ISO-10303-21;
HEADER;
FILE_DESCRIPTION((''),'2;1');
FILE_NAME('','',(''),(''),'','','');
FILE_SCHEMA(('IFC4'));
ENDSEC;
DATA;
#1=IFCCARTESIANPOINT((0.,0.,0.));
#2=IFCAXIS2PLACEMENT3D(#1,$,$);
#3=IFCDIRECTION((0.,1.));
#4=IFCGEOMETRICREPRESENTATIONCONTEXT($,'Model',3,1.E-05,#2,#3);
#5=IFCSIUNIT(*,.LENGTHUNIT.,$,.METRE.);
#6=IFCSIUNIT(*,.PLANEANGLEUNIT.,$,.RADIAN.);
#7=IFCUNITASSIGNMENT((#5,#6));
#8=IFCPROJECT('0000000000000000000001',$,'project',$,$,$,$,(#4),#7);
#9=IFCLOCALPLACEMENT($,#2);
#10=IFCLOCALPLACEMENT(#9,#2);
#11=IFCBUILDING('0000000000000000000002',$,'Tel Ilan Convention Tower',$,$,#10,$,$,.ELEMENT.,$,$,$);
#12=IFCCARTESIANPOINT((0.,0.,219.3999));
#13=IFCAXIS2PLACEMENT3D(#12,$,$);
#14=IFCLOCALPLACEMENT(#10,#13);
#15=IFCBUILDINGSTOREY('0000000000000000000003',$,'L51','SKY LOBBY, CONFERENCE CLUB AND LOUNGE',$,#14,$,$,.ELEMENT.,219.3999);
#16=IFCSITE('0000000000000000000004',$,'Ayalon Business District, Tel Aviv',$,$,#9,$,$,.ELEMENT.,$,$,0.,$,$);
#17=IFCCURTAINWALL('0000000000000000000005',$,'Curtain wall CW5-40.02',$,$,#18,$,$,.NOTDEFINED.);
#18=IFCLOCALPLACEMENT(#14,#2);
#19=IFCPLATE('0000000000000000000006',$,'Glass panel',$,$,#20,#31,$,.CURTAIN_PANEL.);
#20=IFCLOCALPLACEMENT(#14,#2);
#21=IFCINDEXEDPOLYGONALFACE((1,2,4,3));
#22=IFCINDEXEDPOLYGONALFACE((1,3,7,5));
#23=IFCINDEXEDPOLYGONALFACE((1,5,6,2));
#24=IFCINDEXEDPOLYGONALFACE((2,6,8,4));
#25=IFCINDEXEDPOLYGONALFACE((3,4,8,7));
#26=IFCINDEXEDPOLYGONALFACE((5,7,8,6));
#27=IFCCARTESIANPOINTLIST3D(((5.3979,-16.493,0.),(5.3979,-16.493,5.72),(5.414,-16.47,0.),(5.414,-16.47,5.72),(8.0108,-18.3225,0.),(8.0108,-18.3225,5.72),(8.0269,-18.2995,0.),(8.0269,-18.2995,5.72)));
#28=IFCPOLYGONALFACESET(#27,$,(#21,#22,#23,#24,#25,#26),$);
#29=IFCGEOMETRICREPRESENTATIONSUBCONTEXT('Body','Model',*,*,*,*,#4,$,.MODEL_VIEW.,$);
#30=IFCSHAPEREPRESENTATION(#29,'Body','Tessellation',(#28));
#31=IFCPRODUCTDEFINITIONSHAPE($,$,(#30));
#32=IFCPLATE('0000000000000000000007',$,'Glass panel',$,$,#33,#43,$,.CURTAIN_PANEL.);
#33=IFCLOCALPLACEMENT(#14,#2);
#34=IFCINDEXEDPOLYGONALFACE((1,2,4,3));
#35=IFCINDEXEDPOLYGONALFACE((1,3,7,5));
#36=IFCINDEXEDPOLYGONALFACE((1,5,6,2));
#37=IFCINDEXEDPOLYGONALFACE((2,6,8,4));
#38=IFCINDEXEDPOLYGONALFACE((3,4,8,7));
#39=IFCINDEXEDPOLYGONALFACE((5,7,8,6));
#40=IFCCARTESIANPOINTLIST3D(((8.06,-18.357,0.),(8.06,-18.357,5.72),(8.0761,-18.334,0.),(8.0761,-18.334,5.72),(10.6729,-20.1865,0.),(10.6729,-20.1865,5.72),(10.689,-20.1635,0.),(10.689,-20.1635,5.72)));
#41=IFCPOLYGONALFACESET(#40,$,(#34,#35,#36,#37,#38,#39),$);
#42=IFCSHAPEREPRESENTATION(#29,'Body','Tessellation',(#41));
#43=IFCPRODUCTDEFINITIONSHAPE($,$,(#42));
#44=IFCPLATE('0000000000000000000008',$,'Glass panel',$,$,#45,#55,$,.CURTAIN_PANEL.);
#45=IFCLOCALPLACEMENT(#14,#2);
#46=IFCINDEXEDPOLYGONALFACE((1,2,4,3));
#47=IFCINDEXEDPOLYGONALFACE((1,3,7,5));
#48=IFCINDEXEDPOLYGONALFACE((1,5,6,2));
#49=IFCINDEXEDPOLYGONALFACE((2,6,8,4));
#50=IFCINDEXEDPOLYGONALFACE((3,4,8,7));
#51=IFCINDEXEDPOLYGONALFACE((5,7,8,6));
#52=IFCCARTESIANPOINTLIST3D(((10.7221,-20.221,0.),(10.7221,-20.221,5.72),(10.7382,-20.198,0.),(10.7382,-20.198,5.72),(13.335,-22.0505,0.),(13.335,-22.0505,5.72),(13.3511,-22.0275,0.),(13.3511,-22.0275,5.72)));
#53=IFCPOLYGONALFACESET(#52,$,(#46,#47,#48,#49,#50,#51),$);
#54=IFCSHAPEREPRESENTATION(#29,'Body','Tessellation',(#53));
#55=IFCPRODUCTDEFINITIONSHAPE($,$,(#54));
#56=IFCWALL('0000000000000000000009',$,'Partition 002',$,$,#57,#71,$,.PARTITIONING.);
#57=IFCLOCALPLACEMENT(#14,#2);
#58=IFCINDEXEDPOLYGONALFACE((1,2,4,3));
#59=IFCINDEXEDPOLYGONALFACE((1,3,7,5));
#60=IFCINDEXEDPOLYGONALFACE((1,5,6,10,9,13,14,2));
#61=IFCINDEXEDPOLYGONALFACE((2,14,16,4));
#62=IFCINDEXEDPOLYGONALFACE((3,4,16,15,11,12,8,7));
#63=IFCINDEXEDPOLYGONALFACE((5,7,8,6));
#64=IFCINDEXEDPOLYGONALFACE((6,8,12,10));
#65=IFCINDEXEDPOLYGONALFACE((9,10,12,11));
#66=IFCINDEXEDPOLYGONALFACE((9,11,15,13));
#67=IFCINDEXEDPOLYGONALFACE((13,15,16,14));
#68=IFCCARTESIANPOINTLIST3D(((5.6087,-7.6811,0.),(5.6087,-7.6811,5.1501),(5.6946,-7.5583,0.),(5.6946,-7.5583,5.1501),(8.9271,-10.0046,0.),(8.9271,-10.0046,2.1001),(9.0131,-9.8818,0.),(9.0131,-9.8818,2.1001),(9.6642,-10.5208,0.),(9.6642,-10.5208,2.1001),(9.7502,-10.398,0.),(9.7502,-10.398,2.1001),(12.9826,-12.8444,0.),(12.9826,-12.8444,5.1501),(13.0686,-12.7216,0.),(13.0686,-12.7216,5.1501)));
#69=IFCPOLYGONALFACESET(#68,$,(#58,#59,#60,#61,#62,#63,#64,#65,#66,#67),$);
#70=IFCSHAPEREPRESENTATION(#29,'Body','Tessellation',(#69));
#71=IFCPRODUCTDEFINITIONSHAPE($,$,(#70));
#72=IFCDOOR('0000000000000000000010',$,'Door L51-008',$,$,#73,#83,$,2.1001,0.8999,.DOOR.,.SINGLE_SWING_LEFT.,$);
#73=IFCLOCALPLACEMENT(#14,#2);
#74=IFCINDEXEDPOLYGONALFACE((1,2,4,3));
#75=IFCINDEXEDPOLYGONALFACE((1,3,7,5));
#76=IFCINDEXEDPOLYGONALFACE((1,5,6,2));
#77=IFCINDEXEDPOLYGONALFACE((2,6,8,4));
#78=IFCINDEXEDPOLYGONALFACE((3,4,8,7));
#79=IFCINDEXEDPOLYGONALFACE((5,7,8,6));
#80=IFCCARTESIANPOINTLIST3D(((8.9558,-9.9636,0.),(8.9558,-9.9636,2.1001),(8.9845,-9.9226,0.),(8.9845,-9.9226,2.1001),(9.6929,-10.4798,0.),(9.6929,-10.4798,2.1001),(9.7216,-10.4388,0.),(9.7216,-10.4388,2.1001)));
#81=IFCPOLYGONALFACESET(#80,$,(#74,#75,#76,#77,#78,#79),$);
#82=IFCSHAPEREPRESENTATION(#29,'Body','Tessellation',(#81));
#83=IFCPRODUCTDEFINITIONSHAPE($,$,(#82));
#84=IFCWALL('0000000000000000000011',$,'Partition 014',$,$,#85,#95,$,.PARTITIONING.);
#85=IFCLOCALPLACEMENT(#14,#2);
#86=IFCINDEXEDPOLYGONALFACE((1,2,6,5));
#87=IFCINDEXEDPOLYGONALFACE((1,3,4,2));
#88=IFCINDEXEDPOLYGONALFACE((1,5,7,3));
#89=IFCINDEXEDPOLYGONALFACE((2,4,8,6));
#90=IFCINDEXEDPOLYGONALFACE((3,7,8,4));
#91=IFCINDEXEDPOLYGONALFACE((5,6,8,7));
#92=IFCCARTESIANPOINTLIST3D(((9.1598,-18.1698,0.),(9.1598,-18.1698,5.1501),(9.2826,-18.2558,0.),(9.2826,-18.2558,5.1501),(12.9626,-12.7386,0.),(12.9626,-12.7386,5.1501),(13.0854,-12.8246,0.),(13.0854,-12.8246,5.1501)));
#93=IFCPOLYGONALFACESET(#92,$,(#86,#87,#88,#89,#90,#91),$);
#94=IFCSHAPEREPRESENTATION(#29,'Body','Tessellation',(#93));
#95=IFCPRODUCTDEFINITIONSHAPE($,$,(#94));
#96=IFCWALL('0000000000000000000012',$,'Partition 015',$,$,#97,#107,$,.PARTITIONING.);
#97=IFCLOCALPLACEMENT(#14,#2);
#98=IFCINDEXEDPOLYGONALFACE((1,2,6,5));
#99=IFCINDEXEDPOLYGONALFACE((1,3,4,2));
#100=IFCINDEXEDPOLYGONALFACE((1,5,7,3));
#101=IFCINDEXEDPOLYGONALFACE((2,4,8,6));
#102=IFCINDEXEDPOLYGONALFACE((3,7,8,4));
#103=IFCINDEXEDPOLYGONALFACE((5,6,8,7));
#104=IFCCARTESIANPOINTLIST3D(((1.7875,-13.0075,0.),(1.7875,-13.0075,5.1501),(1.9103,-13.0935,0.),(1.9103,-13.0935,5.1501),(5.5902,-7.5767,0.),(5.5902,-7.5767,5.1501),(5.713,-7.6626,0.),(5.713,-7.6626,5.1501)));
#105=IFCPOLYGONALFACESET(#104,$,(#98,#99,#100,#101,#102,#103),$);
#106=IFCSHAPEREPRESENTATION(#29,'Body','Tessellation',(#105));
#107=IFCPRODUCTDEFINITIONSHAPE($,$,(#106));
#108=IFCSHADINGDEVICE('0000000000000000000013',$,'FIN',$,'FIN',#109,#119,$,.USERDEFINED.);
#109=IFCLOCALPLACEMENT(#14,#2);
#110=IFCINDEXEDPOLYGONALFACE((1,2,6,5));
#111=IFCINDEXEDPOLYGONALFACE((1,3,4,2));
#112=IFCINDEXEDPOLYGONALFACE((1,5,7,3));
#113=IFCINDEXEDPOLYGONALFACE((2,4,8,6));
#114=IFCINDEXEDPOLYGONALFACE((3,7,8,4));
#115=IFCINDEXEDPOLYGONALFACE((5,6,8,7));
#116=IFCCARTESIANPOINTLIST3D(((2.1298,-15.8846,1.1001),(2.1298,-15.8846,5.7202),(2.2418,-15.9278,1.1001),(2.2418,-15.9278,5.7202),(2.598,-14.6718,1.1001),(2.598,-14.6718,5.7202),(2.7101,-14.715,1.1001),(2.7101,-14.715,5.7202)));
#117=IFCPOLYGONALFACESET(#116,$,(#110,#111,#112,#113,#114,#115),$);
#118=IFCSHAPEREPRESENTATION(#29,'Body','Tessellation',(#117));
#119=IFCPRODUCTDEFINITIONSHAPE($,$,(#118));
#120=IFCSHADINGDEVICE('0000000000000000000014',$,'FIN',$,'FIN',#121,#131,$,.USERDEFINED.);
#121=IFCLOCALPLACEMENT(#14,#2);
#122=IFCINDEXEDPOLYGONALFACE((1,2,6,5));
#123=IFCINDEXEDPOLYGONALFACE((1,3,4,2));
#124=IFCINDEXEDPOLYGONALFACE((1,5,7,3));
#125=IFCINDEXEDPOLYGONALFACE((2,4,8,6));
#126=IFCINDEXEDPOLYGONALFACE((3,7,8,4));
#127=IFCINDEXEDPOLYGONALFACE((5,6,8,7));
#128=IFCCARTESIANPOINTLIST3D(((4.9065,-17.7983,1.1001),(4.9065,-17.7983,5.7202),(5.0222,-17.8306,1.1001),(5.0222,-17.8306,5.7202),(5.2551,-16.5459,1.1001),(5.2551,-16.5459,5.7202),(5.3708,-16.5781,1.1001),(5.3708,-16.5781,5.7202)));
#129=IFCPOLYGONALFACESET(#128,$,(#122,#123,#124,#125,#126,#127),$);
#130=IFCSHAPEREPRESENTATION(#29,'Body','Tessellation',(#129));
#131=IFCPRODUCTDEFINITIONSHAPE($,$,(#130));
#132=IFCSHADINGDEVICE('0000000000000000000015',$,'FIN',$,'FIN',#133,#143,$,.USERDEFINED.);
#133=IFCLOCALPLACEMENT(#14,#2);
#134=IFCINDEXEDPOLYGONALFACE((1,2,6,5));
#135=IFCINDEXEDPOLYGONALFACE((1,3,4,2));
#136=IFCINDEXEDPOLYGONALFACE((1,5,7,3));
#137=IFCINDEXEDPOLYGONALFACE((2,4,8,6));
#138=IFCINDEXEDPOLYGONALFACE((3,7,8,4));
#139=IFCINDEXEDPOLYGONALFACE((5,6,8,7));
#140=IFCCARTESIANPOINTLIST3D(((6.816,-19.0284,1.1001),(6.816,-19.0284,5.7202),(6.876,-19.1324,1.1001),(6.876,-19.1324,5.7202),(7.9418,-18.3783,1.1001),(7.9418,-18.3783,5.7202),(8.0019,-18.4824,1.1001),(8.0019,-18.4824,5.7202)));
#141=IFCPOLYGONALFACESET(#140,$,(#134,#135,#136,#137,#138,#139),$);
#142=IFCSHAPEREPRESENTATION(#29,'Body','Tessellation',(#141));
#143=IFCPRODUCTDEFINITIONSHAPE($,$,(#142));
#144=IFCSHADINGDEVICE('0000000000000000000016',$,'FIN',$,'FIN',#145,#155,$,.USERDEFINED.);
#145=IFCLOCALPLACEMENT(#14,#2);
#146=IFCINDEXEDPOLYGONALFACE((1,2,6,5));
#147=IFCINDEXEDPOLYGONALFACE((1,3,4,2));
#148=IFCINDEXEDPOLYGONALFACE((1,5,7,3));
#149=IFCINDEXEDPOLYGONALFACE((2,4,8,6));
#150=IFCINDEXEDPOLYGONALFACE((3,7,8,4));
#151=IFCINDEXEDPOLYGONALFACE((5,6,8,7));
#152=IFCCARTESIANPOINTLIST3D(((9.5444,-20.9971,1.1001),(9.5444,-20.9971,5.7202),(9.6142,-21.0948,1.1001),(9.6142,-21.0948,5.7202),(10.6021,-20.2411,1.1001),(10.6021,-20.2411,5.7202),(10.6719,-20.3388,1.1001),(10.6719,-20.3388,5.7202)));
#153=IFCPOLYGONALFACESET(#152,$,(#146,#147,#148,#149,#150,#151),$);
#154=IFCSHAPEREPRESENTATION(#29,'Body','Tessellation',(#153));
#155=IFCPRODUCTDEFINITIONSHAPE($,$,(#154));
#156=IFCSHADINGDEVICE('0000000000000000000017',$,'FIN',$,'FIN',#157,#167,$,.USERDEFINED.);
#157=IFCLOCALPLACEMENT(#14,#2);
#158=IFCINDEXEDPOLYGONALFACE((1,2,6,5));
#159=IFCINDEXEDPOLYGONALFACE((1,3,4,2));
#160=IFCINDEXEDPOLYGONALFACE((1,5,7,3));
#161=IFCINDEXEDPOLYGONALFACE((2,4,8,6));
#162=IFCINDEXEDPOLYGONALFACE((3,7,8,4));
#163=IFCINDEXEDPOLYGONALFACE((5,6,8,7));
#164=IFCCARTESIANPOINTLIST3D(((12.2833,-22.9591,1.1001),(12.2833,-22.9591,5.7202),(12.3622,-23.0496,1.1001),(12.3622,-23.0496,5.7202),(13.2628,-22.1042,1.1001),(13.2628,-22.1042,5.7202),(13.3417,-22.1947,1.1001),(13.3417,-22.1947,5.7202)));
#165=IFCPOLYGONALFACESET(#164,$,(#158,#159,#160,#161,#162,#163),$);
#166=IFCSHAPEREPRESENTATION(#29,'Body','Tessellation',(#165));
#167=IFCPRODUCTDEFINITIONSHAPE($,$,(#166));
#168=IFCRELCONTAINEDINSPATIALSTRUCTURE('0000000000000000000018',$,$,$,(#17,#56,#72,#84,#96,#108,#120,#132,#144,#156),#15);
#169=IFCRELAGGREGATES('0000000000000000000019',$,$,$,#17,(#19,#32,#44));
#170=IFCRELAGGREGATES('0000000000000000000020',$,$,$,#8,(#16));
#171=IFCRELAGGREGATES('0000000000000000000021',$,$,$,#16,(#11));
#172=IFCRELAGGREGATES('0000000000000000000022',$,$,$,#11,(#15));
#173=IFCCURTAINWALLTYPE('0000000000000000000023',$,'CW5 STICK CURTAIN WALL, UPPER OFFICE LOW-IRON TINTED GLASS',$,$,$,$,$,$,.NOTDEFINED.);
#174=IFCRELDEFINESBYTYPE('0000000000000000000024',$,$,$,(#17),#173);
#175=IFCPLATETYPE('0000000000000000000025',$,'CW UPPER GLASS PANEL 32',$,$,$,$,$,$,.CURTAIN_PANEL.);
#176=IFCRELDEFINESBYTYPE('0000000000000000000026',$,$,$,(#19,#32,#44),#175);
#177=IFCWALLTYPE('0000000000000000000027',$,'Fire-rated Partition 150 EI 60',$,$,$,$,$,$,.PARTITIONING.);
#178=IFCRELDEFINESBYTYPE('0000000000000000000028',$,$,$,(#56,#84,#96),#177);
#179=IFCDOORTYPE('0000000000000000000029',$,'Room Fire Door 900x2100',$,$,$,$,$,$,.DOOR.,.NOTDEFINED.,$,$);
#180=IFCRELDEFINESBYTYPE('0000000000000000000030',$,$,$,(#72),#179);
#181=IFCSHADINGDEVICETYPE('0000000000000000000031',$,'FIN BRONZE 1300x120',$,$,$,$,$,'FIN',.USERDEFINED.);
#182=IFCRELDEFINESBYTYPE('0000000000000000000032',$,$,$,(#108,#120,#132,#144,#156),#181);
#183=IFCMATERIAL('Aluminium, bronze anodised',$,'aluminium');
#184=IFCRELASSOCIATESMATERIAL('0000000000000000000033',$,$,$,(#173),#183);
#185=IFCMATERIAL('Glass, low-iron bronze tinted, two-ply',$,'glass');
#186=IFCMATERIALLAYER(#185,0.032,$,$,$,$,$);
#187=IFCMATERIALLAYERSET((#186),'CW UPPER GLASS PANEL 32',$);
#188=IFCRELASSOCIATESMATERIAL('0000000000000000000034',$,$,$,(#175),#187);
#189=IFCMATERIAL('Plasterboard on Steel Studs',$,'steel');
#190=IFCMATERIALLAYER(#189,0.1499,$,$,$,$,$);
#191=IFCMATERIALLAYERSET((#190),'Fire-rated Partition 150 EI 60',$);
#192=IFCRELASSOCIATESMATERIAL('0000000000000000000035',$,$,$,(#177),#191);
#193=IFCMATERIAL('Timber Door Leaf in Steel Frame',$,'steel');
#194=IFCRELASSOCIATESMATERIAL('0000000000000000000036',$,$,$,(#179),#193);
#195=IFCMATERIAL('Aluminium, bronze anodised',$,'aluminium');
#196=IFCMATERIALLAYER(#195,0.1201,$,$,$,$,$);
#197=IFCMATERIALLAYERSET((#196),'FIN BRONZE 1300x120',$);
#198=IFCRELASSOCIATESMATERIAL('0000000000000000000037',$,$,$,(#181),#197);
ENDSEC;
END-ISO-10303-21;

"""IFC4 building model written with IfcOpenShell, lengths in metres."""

from ifc_helpers import new_model, si_unit, direction, frame, frame_2d, origin, origin_2d, place, context, subcontext, project, spatial, rectangle, extrude, material, layer, layer_set, type_object, element, fill, aggregate, save


model = new_model("IFC4")

# Units and contexts
model_context = context("Model", 3, precision=1e-05, world=origin(), true_north=direction((0.0, 1.0)))
body_context = subcontext(model_context, "Body", "Model", "MODEL_VIEW")
ifc_project = project(units=[si_unit("LENGTHUNIT", "METRE"), si_unit("PLANEANGLEUNIT", "RADIAN")], contexts=[model_context])

# Site, building, storey
site_placement = place(None, origin())
site = spatial("IfcSite", under=ifc_project, at=site_placement, Name="Ayalon Business District, Tel Aviv", CompositionType="ELEMENT", RefElevation=0.0)
building_placement = place(site_placement, origin())
building = spatial("IfcBuilding", under=site, at=building_placement, Name="Tel Ilan Convention Tower", CompositionType="ELEMENT")
storey_placement = place(building_placement, frame((0.0, 0.0, 219.3999)))
storey = spatial("IfcBuildingStorey", under=building, at=storey_placement, Name="L51", Description="SKY LOBBY, CONFERENCE CLUB AND LOUNGE", CompositionType="ELEMENT", Elevation=219.3999)

# Curtain wall, plates
ifc_material_1 = material(Name="Aluminium, bronze anodised", Category="aluminium")
curtain_wall_type = type_object("IfcCurtainWallType", Name="CW5 STICK CURTAIN WALL, UPPER OFFICE LOW-IRON TINTED GLASS", PredefinedType="NOTDEFINED", material=ifc_material_1)
curtain_wall_placement = place(storey_placement, origin())
curtain_wall = element("IfcCurtainWall", 1, at=curtain_wall_placement, inside=storey, type_object=curtain_wall_type, Name="Curtain wall CW5-40.02", PredefinedType="NOTDEFINED")
ifc_material_2 = material(Name="Glass, low-iron bronze tinted, two-ply", Category="glass")
ifc_layer_1 = layer(ifc_material_2, 0.032)
ifc_layer_set_1 = layer_set([ifc_layer_1], Name="CW UPPER GLASS PANEL 32")
plate_type = type_object("IfcPlateType", Name="CW UPPER GLASS PANEL 32", PredefinedType="CURTAIN_PANEL", material=ifc_layer_set_1)
plate_1_placement = place(storey_placement, frame((6.7124, -17.3962, 0.0), z_axis=(0.0, 0.0, 1.0), x_axis=(0.819152, -0.573576, 0.0)))
plate_1 = element("IfcPlate", 2, at=plate_1_placement, type_object=plate_type, Name="Glass panel", PredefinedType="CURTAIN_PANEL", context=body_context, shape_type="SweptSolid", body=[
    extrude(rectangle(XDim=3.1897, YDim=0.0281, at=origin_2d()), origin(), (0.0, 0.0, 1.0), 5.72),
])
plate_2_placement = place(storey_placement, frame((9.3745, -19.2603, 0.0), z_axis=(0.0, 0.0, 1.0), x_axis=(0.819152, -0.573576, 0.0)))
plate_2 = element("IfcPlate", 3, at=plate_2_placement, type_object=plate_type, Name="Glass panel", PredefinedType="CURTAIN_PANEL", context=body_context, shape_type="SweptSolid", body=[
    extrude(rectangle(XDim=3.1897, YDim=0.0281, at=origin_2d()), origin(), (0.0, 0.0, 1.0), 5.72),
])
plate_3_placement = place(storey_placement, frame((12.0366, -21.1243, 0.0), z_axis=(0.0, 0.0, 1.0), x_axis=(0.819152, -0.573576, 0.0)))
plate_3 = element("IfcPlate", 4, at=plate_3_placement, type_object=plate_type, Name="Glass panel", PredefinedType="CURTAIN_PANEL", context=body_context, shape_type="SweptSolid", body=[
    extrude(rectangle(XDim=3.1897, YDim=0.0281, at=origin_2d()), origin(), (0.0, 0.0, 1.0), 5.72),
])
aggregate(curtain_wall, [plate_1, plate_2, plate_3])

# Wall, opening, door
ifc_material_3 = material(Name="Plasterboard on Steel Studs", Category="steel")
ifc_layer_2 = layer(ifc_material_3, 0.1499)
ifc_layer_set_2 = layer_set([ifc_layer_2], Name="Fire-rated Partition 150 EI 60")
wall_type = type_object("IfcWallType", Name="Fire-rated Partition 150 EI 60", PredefinedType="PARTITIONING", material=ifc_layer_set_2)
wall_1_placement = place(storey_placement, frame((13.0256, -12.783, 0.0), z_axis=(0.0, 0.0, 1.0), x_axis=(-0.819153, 0.573575, 0.0)))
wall_1 = element("IfcWall", 5, at=wall_1_placement, inside=storey, type_object=wall_type, Name="Partition 002", PredefinedType="PARTITIONING", context=body_context, shape_type="SweptSolid", body=[
    extrude(rectangle(XDim=9.002, YDim=0.1499, at=frame_2d((4.501, 0.0))), origin(), (0.0, 0.0, 1.0), 5.1501),
])
opening_placement = place(wall_1_placement, frame((4.051, 0.0, 0.0)))
opening = element("IfcOpeningElement", 6, at=opening_placement, cuts=wall_1, PredefinedType="OPENING", context=body_context, shape_type="SweptSolid", body=[
    extrude(rectangle(XDim=0.8999, YDim=2.1001, at=frame_2d((0.45, 1.05))), frame((0.0, 0.085, 0.0), z_axis=(0.0, -1.0, 0.0), x_axis=(1.0, 0.0, 0.0)), (0.0, 0.0, 1.0), 0.1699),
])
ifc_material_4 = material(Name="Timber Door Leaf in Steel Frame", Category="steel")
door_type = type_object("IfcDoorType", Name="Room Fire Door 900x2100", OperationType="NOTDEFINED", PredefinedType="DOOR", material=ifc_material_4)
door_placement = place(opening_placement, origin())
door = element("IfcDoor", 7, at=door_placement, inside=storey, type_object=door_type, Name="Door L51-008", OperationType="SINGLE_SWING_LEFT", OverallHeight=2.1001, OverallWidth=0.8999, PredefinedType="DOOR", context=body_context, shape_type="SweptSolid", body=[
    extrude(rectangle(XDim=0.8999, YDim=2.1001, at=frame_2d((0.45, 1.05))), frame((0.0, 0.0249, 0.0), z_axis=(0.0, -1.0, 0.0), x_axis=(1.0, 0.0, 0.0)), (0.0, 0.0, 1.0), 0.05),
])
fill(opening, door)

# Walls
wall_2_placement = place(storey_placement, frame((13.0239, -12.7817, 0.0), z_axis=(0.0, 0.0, 1.0), x_axis=(-0.573556, -0.819166, 0.0)))
element("IfcWall", 8, at=wall_2_placement, inside=storey, type_object=wall_type, Name="Partition 014", PredefinedType="PARTITIONING", context=body_context, shape_type="SweptSolid", body=[
    extrude(rectangle(XDim=6.6301, YDim=0.1499, at=frame_2d((3.3149, 0.0))), origin(), (0.0, 0.0, 1.0), 5.1501),
])
wall_3_placement = place(storey_placement, frame((1.8489, -13.0505, 0.0), z_axis=(0.0, 0.0, 1.0), x_axis=(0.573574, 0.819154, 0.0)))
element("IfcWall", 9, at=wall_3_placement, inside=storey, type_object=wall_type, Name="Partition 015", PredefinedType="PARTITIONING", context=body_context, shape_type="SweptSolid", body=[
    extrude(rectangle(XDim=6.6299, YDim=0.1499, at=frame_2d((3.3149, 0.0))), origin(), (0.0, 0.0, 1.0), 5.1501),
])

# Shading devices
ifc_material_5 = material(Name="Aluminium, bronze anodised", Category="aluminium")
ifc_layer_3 = layer(ifc_material_5, 0.1201)
ifc_layer_set_3 = layer_set([ifc_layer_3], Name="FIN BRONZE 1300x120")
shading_device_type = type_object("IfcShadingDeviceType", Name="FIN BRONZE 1300x120", ElementType="FIN", PredefinedType="USERDEFINED", material=ifc_layer_set_3)
for number, where, z_axis, x_axis, name in (
    (10, (2.4199, -15.2998, 1.1001), (0.0, 0.0, 1.0), (-0.360178, -0.932884, 0.0), "FIN"),
    (11, (5.1387, -17.1882, 1.1001), (0.0, 0.0, 1.0), (-0.268173, -0.963371, 0.0), "FIN"),
    (12, (7.4089, -18.7554, 1.1001), (0.0, 0.0, 1.0), (-0.866025, -0.5, 0.0), "FIN"),
    (13, (10.1082, -20.668, 1.1001), (0.0, 0.0, 1.0), (-0.813552, -0.581492, 0.0), "FIN"),
    (14, (12.8125, -22.5769, 1.1001), (0.0, 0.0, 1.0), (-0.753436, -0.657521, 0.0), "FIN"),
):
    element("IfcShadingDevice", number, at=place(storey_placement, frame(where, z_axis=z_axis, x_axis=x_axis)), inside=storey, type_object=shading_device_type, Name=name, ObjectType="FIN", PredefinedType="USERDEFINED", context=body_context, shape_type="SweptSolid", body=[
        extrude(rectangle(XDim=1.3, YDim=0.1201, at=origin_2d()), origin(), (0.0, 0.0, 1.0), 4.6201),
    ])

save(model, "model.ifc")
